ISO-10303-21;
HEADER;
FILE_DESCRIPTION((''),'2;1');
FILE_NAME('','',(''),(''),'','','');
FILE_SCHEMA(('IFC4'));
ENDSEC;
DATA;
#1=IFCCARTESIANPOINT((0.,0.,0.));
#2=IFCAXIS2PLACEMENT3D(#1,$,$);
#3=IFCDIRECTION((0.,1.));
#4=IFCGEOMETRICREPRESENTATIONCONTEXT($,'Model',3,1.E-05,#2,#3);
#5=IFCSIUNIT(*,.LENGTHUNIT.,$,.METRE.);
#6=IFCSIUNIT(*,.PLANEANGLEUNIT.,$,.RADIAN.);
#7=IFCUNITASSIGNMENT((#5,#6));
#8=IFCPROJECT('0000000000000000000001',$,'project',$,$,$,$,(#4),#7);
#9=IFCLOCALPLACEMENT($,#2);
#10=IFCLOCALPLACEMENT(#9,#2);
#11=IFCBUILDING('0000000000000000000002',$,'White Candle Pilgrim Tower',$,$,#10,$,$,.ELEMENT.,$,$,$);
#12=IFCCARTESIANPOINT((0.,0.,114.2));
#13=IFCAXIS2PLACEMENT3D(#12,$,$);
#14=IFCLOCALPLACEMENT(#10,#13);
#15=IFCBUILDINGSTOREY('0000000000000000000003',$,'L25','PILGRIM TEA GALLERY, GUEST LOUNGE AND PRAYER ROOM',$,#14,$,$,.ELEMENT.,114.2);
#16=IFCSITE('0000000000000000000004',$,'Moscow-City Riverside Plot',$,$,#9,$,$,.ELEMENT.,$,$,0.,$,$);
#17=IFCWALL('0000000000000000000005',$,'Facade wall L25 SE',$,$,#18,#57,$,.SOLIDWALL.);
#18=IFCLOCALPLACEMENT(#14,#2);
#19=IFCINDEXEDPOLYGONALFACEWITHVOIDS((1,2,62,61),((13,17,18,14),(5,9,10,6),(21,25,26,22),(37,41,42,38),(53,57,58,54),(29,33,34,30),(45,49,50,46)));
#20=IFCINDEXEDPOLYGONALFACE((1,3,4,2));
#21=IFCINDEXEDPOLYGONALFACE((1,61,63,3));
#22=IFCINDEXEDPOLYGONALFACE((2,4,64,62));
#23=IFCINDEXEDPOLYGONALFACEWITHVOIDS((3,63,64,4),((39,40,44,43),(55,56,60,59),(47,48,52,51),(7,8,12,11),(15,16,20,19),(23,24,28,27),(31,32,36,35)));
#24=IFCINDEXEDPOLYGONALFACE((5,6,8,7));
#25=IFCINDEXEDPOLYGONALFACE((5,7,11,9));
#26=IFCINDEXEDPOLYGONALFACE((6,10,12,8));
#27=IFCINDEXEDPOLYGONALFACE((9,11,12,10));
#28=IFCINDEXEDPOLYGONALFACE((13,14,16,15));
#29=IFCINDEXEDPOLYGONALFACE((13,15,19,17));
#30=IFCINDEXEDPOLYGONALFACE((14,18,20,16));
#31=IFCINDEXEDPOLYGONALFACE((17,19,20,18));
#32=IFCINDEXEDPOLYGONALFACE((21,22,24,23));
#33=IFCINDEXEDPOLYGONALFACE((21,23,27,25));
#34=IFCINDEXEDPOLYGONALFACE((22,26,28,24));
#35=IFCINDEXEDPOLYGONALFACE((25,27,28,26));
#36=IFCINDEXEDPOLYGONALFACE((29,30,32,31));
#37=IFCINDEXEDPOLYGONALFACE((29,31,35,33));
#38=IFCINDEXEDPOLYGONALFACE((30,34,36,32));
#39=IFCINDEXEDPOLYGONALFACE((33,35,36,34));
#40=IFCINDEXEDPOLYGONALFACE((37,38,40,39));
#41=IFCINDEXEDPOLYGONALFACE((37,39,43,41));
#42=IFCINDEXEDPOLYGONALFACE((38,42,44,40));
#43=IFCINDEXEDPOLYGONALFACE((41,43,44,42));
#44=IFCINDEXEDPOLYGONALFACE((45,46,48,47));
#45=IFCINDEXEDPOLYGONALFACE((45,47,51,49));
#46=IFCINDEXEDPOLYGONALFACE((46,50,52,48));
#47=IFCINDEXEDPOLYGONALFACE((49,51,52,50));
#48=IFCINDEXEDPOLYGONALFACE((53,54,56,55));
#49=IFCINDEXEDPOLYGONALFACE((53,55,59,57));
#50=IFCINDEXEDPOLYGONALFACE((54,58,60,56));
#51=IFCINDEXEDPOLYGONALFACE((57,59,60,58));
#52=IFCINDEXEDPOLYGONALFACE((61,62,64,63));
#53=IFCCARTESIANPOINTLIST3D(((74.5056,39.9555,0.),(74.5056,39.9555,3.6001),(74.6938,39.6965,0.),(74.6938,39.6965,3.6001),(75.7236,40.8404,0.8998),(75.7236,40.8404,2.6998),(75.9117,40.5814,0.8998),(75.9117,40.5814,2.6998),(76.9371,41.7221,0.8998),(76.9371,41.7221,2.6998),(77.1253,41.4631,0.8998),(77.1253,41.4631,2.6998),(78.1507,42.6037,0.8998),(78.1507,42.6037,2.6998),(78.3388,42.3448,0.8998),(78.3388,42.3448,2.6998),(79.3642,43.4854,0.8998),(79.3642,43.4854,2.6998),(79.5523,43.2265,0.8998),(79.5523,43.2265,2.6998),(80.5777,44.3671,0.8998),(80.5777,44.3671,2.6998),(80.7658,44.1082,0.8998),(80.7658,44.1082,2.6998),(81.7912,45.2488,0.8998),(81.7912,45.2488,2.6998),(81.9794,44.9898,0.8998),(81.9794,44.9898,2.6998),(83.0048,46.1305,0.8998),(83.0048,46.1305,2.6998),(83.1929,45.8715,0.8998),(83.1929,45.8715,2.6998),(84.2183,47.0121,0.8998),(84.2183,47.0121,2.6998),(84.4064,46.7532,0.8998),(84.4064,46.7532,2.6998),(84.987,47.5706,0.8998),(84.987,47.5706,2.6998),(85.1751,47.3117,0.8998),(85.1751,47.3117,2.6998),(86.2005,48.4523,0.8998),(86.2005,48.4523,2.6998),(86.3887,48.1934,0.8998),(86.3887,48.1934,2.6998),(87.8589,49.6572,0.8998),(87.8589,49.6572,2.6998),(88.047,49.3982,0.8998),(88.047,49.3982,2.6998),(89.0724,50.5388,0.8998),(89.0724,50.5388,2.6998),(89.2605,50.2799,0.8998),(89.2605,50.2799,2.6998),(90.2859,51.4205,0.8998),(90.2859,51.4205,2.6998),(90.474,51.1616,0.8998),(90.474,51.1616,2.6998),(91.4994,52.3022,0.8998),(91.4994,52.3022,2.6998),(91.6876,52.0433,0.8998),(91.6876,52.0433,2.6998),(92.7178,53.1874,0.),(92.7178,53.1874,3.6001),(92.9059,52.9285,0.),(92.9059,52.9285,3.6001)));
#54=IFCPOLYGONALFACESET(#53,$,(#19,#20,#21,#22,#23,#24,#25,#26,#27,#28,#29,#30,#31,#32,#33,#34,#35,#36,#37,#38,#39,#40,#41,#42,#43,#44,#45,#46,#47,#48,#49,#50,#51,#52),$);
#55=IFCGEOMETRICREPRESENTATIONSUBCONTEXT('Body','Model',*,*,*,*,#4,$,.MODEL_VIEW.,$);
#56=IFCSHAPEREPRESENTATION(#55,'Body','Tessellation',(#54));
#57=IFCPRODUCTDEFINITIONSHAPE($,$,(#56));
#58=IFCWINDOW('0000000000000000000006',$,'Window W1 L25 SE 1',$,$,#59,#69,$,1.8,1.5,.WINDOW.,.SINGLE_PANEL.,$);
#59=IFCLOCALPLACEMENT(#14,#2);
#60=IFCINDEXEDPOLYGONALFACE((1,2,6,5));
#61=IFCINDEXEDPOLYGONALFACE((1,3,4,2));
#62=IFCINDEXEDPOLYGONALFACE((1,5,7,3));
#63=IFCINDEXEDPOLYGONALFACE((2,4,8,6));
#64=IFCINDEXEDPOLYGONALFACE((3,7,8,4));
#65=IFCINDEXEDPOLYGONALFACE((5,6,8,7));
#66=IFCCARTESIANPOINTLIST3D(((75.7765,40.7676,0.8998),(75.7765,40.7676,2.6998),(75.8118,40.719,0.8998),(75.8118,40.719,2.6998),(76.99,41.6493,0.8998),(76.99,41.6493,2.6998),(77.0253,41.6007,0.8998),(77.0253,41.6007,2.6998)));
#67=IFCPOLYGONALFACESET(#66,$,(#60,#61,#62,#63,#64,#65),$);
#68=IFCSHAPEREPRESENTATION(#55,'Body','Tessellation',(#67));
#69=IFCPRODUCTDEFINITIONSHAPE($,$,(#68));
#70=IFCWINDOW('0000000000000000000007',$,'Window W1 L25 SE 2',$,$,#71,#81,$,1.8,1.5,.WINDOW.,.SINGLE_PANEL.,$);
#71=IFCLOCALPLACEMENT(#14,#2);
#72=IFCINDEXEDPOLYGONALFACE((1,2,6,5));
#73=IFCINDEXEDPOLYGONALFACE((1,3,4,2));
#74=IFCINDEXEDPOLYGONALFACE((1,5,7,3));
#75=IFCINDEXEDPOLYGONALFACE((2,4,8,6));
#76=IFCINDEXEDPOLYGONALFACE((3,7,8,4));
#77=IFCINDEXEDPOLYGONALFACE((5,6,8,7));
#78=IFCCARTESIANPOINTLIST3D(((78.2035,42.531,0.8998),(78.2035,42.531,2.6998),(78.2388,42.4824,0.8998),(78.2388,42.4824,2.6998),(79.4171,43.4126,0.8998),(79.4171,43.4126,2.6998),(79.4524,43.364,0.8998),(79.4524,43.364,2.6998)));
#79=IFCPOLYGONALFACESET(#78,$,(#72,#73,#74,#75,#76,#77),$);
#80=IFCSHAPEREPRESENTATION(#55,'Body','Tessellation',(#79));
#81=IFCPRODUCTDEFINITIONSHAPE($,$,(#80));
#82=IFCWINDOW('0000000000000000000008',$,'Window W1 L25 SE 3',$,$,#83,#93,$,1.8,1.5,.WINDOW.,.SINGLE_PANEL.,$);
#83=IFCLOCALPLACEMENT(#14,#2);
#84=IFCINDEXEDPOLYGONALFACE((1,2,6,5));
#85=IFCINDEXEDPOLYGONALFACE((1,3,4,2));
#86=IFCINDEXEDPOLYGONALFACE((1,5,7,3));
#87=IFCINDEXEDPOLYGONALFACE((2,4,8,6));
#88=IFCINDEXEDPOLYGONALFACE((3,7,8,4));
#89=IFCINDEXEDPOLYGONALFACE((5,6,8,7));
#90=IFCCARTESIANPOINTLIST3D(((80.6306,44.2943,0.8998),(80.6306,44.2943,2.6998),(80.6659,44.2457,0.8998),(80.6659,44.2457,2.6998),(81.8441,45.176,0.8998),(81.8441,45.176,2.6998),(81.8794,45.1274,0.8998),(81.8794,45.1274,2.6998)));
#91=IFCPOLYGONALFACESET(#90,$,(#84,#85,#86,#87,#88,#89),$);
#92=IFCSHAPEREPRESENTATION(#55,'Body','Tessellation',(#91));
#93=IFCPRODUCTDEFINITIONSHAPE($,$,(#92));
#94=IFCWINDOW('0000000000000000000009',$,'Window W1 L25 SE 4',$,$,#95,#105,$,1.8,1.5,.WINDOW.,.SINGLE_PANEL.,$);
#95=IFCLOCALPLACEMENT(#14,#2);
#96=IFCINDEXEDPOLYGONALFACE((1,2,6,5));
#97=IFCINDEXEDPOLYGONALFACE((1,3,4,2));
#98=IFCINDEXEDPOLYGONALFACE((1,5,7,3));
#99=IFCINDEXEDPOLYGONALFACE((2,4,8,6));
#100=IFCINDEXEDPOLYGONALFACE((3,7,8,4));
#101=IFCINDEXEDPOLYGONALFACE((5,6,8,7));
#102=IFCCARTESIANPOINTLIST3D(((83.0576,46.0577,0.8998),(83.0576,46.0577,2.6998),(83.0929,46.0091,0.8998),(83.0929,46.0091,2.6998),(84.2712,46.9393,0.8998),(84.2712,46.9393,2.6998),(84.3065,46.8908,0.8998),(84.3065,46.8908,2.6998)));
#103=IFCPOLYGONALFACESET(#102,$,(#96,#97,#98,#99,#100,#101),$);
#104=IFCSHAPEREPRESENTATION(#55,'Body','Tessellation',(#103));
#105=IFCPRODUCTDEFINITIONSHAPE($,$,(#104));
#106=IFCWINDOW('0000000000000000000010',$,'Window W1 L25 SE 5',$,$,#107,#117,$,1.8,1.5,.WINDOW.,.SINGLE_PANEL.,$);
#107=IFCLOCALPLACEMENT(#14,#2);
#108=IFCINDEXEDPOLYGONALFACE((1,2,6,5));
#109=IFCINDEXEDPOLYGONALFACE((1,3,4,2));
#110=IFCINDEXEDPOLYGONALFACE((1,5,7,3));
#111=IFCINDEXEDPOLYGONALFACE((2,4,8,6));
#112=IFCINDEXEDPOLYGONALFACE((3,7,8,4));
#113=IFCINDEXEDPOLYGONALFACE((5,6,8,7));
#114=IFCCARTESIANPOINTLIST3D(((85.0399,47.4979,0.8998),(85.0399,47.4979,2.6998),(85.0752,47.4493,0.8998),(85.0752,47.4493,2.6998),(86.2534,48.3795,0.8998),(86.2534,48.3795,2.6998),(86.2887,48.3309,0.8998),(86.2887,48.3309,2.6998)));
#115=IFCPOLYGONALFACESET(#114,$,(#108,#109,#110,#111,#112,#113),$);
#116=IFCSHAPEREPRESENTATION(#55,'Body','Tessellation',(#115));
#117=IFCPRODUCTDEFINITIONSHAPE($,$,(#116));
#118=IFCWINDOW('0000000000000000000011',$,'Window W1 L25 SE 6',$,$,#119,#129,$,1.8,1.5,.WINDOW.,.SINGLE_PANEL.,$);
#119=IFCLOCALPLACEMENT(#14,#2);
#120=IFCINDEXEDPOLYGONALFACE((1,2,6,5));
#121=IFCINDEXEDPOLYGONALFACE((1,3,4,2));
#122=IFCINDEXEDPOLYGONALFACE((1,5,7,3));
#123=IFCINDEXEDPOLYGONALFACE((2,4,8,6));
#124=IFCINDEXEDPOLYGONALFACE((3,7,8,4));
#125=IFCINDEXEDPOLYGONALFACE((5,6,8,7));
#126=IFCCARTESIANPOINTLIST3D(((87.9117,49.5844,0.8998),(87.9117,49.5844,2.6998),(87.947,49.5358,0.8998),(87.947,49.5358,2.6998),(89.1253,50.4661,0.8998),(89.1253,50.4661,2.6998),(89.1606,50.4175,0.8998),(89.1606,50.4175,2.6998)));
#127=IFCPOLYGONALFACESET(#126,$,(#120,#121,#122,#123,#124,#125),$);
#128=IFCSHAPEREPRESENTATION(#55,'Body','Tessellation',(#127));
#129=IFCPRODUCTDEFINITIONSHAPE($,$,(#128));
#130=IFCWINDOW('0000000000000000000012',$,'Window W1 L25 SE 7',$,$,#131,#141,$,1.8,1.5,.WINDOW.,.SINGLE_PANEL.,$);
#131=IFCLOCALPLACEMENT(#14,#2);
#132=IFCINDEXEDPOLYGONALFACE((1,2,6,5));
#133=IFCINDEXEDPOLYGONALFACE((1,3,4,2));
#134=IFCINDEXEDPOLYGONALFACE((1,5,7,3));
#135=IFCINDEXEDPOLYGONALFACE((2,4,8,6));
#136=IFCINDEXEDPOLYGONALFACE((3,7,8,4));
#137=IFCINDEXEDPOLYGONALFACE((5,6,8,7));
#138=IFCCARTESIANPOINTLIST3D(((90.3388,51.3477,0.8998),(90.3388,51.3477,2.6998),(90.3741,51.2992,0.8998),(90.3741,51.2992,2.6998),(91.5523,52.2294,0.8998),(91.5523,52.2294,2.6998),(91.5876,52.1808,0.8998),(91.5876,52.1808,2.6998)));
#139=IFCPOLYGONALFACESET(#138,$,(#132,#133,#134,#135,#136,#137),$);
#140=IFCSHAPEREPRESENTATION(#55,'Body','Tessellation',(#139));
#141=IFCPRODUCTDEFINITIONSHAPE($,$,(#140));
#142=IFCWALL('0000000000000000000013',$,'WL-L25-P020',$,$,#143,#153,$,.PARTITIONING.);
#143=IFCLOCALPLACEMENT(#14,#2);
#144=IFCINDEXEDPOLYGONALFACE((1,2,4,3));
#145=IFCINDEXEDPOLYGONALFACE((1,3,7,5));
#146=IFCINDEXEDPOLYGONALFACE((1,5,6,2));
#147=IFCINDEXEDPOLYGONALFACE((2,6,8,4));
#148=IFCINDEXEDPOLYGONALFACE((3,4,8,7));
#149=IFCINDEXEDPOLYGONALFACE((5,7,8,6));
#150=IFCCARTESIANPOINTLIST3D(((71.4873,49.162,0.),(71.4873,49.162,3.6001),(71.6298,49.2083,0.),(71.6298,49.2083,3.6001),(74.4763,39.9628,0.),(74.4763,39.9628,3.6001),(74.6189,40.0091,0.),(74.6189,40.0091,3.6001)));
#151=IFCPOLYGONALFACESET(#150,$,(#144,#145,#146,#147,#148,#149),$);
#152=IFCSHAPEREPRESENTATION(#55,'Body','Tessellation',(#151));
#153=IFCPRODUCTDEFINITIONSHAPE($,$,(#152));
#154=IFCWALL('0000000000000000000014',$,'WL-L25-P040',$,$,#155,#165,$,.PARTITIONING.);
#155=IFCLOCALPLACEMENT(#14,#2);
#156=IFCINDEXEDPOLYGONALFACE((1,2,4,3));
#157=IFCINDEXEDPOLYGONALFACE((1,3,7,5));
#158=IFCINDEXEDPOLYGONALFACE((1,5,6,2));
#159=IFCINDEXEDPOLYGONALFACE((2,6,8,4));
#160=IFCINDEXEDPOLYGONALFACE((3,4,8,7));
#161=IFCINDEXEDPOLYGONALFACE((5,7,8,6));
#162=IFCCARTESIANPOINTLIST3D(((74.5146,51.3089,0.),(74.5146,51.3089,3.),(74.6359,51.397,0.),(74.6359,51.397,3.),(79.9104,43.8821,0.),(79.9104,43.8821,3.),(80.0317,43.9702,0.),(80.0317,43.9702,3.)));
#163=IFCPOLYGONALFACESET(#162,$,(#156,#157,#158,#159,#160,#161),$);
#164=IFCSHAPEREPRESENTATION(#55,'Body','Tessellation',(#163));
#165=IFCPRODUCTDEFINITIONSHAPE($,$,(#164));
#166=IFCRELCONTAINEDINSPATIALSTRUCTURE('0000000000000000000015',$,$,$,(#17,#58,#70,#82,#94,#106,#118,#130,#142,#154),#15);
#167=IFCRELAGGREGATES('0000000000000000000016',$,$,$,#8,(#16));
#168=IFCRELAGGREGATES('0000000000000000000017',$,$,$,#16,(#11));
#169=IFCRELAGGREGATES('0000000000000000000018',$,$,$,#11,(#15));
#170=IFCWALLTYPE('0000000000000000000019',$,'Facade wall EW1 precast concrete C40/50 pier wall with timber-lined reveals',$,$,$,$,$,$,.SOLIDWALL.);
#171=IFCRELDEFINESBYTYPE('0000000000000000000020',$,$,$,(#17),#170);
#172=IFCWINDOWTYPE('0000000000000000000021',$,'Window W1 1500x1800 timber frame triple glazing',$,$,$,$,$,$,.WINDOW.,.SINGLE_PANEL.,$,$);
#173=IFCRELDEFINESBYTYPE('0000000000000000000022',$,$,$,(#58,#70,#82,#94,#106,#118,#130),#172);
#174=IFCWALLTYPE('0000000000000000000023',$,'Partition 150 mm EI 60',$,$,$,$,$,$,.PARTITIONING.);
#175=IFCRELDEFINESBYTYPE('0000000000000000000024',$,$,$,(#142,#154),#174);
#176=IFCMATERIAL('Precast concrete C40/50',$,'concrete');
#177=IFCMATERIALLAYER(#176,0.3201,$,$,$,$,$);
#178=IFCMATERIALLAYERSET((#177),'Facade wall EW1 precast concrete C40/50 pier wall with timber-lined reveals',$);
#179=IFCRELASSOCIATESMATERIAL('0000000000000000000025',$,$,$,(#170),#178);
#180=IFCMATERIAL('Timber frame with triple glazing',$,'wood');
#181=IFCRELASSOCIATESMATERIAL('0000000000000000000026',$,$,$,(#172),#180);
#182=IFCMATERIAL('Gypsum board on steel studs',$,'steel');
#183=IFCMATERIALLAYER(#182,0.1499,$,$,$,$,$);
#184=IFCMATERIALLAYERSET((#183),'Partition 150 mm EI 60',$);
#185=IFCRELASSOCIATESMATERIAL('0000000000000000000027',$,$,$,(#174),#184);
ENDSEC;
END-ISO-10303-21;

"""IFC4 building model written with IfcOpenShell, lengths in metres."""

from ifc_helpers import new_model, si_unit, direction, frame, frame_2d, origin, place, context, subcontext, project, spatial, rectangle, extrude, material, layer, layer_set, type_object, element, fill, save


model = new_model("IFC4")

# Units and contexts
model_context = context("Model", 3, precision=1e-05, world=origin(), true_north=direction((0.0, 1.0)))
body_context = subcontext(model_context, "Body", "Model", "MODEL_VIEW")
ifc_project = project(units=[si_unit("LENGTHUNIT", "METRE"), si_unit("PLANEANGLEUNIT", "RADIAN")], contexts=[model_context])

# Site, building, storey
site_placement = place(None, origin())
site = spatial("IfcSite", under=ifc_project, at=site_placement, Name="Moscow-City Riverside Plot", CompositionType="ELEMENT", RefElevation=0.0)
building_placement = place(site_placement, origin())
building = spatial("IfcBuilding", under=site, at=building_placement, Name="White Candle Pilgrim Tower", CompositionType="ELEMENT")
storey_placement = place(building_placement, frame((0.0, 0.0, 114.2)))
storey = spatial("IfcBuildingStorey", under=building, at=storey_placement, Name="L25", Description="PILGRIM TEA GALLERY, GUEST LOUNGE AND PRAYER ROOM", CompositionType="ELEMENT", Elevation=114.2)

# Shared definitions
ifc_material_1 = material(Name="Gypsum board on steel studs", Category="steel")

# Wall, openings, windows
ifc_material_2 = material(Name="Precast concrete C40/50", Category="concrete")
ifc_layer_1 = layer(ifc_material_2, 0.3201)
ifc_layer_set_1 = layer_set([ifc_layer_1], Name="Facade wall EW1 precast concrete C40/50 pier wall with timber-lined reveals")
wall_type_1 = type_object("IfcWallType", Name="Facade wall EW1 precast concrete C40/50 pier wall with timber-lined reveals", PredefinedType="SOLIDWALL", material=ifc_layer_set_1)
wall_1_placement = place(storey_placement, frame((74.5996, 39.8259, 0.0), z_axis=(0.0, 0.0, 1.0), x_axis=(0.809016, 0.587786, 0.0)))
wall_1 = element("IfcWall", 1, at=wall_1_placement, inside=storey, type_object=wall_type_1, Name="Facade wall L25 SE", PredefinedType="SOLIDWALL", context=body_context, shape_type="SweptSolid", body=[
    extrude(rectangle(XDim=22.5115, YDim=0.3201, at=frame_2d((11.2559, 0.0))), origin(), (0.0, 0.0, 1.0), 3.6001),
])
opening_1_placement = place(wall_1_placement, frame((1.5056, 0.0, 0.8999)))
opening_1 = element("IfcOpeningElement", 2, at=opening_1_placement, cuts=wall_1, PredefinedType="OPENING", context=body_context, shape_type="SweptSolid", body=[
    extrude(rectangle(XDim=1.5, YDim=1.8, at=frame_2d((0.75, 0.8999))), frame((0.0, 0.1699, 0.0), z_axis=(0.0, -1.0, 0.0), x_axis=(1.0, 0.0, 0.0)), (0.0, 0.0, 1.0), 0.3401),
])
opening_2_placement = place(wall_1_placement, frame((4.5056, 0.0, 0.8999)))
opening_2 = element("IfcOpeningElement", 3, at=opening_2_placement, cuts=wall_1, PredefinedType="OPENING", context=body_context, shape_type="SweptSolid", body=[
    extrude(rectangle(XDim=1.5, YDim=1.8, at=frame_2d((0.75, 0.8999))), frame((0.0, 0.1699, 0.0), z_axis=(0.0, -1.0, 0.0), x_axis=(1.0, 0.0, 0.0)), (0.0, 0.0, 1.0), 0.3401),
])
opening_3_placement = place(wall_1_placement, frame((7.5056, 0.0, 0.8999)))
opening_3 = element("IfcOpeningElement", 4, at=opening_3_placement, cuts=wall_1, PredefinedType="OPENING", context=body_context, shape_type="SweptSolid", body=[
    extrude(rectangle(XDim=1.5, YDim=1.8, at=frame_2d((0.75, 0.8999))), frame((0.0, 0.1699, 0.0), z_axis=(0.0, -1.0, 0.0), x_axis=(1.0, 0.0, 0.0)), (0.0, 0.0, 1.0), 0.3401),
])
opening_4_placement = place(wall_1_placement, frame((10.5056, 0.0, 0.8999)))
opening_4 = element("IfcOpeningElement", 5, at=opening_4_placement, cuts=wall_1, PredefinedType="OPENING", context=body_context, shape_type="SweptSolid", body=[
    extrude(rectangle(XDim=1.5, YDim=1.8, at=frame_2d((0.75, 0.8999))), frame((0.0, 0.1699, 0.0), z_axis=(0.0, -1.0, 0.0), x_axis=(1.0, 0.0, 0.0)), (0.0, 0.0, 1.0), 0.3401),
])
opening_5_placement = place(wall_1_placement, frame((12.9558, 0.0, 0.8999)))
opening_5 = element("IfcOpeningElement", 6, at=opening_5_placement, cuts=wall_1, PredefinedType="OPENING", context=body_context, shape_type="SweptSolid", body=[
    extrude(rectangle(XDim=1.5, YDim=1.8, at=frame_2d((0.75, 0.8999))), frame((0.0, 0.1699, 0.0), z_axis=(0.0, -1.0, 0.0), x_axis=(1.0, 0.0, 0.0)), (0.0, 0.0, 1.0), 0.3401),
])
opening_6_placement = place(wall_1_placement, frame((16.5056, 0.0, 0.8999)))
opening_6 = element("IfcOpeningElement", 7, at=opening_6_placement, cuts=wall_1, PredefinedType="OPENING", context=body_context, shape_type="SweptSolid", body=[
    extrude(rectangle(XDim=1.5, YDim=1.8, at=frame_2d((0.75, 0.8999))), frame((0.0, 0.1699, 0.0), z_axis=(0.0, -1.0, 0.0), x_axis=(1.0, 0.0, 0.0)), (0.0, 0.0, 1.0), 0.3401),
])
opening_7_placement = place(wall_1_placement, frame((19.5056, 0.0, 0.8999)))
opening_7 = element("IfcOpeningElement", 8, at=opening_7_placement, cuts=wall_1, PredefinedType="OPENING", context=body_context, shape_type="SweptSolid", body=[
    extrude(rectangle(XDim=1.5, YDim=1.8, at=frame_2d((0.75, 0.8999))), frame((0.0, 0.1699, 0.0), z_axis=(0.0, -1.0, 0.0), x_axis=(1.0, 0.0, 0.0)), (0.0, 0.0, 1.0), 0.3401),
])
ifc_material_3 = material(Name="Timber frame with triple glazing", Category="wood")
window_type = type_object("IfcWindowType", Name="Window W1 1500x1800 timber frame triple glazing", PartitioningType="SINGLE_PANEL", PredefinedType="WINDOW", material=ifc_material_3)
window_1_placement = place(opening_1_placement, origin())
window_1 = element("IfcWindow", 9, at=window_1_placement, inside=storey, type_object=window_type, Name="Window W1 L25 SE 1", OverallHeight=1.8, OverallWidth=1.5, PartitioningType="SINGLE_PANEL", PredefinedType="WINDOW", context=body_context, shape_type="SweptSolid", body=[
    extrude(rectangle(XDim=1.5, YDim=1.8, at=frame_2d((0.75, 0.8999))), frame((0.0, 0.0701, 0.0), z_axis=(0.0, -1.0, 0.0), x_axis=(1.0, 0.0, 0.0)), (0.0, 0.0, 1.0), 0.0601),
])
fill(opening_1, window_1)
window_2_placement = place(opening_2_placement, origin())
window_2 = element("IfcWindow", 10, at=window_2_placement, inside=storey, type_object=window_type, Name="Window W1 L25 SE 2", OverallHeight=1.8, OverallWidth=1.5, PartitioningType="SINGLE_PANEL", PredefinedType="WINDOW", context=body_context, shape_type="SweptSolid", body=[
    extrude(rectangle(XDim=1.5, YDim=1.8, at=frame_2d((0.75, 0.8999))), frame((0.0, 0.0701, 0.0), z_axis=(0.0, -1.0, 0.0), x_axis=(1.0, 0.0, 0.0)), (0.0, 0.0, 1.0), 0.0601),
])
fill(opening_2, window_2)
window_3_placement = place(opening_3_placement, origin())
window_3 = element("IfcWindow", 11, at=window_3_placement, inside=storey, type_object=window_type, Name="Window W1 L25 SE 3", OverallHeight=1.8, OverallWidth=1.5, PartitioningType="SINGLE_PANEL", PredefinedType="WINDOW", context=body_context, shape_type="SweptSolid", body=[
    extrude(rectangle(XDim=1.5, YDim=1.8, at=frame_2d((0.75, 0.8999))), frame((0.0, 0.0701, 0.0), z_axis=(0.0, -1.0, 0.0), x_axis=(1.0, 0.0, 0.0)), (0.0, 0.0, 1.0), 0.0601),
])
fill(opening_3, window_3)
window_4_placement = place(opening_4_placement, origin())
window_4 = element("IfcWindow", 12, at=window_4_placement, inside=storey, type_object=window_type, Name="Window W1 L25 SE 4", OverallHeight=1.8, OverallWidth=1.5, PartitioningType="SINGLE_PANEL", PredefinedType="WINDOW", context=body_context, shape_type="SweptSolid", body=[
    extrude(rectangle(XDim=1.5, YDim=1.8, at=frame_2d((0.75, 0.8999))), frame((0.0, 0.0701, 0.0), z_axis=(0.0, -1.0, 0.0), x_axis=(1.0, 0.0, 0.0)), (0.0, 0.0, 1.0), 0.0601),
])
fill(opening_4, window_4)
window_5_placement = place(opening_5_placement, origin())
window_5 = element("IfcWindow", 13, at=window_5_placement, inside=storey, type_object=window_type, Name="Window W1 L25 SE 5", OverallHeight=1.8, OverallWidth=1.5, PartitioningType="SINGLE_PANEL", PredefinedType="WINDOW", context=body_context, shape_type="SweptSolid", body=[
    extrude(rectangle(XDim=1.5, YDim=1.8, at=frame_2d((0.75, 0.8999))), frame((0.0, 0.0701, 0.0), z_axis=(0.0, -1.0, 0.0), x_axis=(1.0, 0.0, 0.0)), (0.0, 0.0, 1.0), 0.0601),
])
fill(opening_5, window_5)
window_6_placement = place(opening_6_placement, origin())
window_6 = element("IfcWindow", 14, at=window_6_placement, inside=storey, type_object=window_type, Name="Window W1 L25 SE 6", OverallHeight=1.8, OverallWidth=1.5, PartitioningType="SINGLE_PANEL", PredefinedType="WINDOW", context=body_context, shape_type="SweptSolid", body=[
    extrude(rectangle(XDim=1.5, YDim=1.8, at=frame_2d((0.75, 0.8999))), frame((0.0, 0.0701, 0.0), z_axis=(0.0, -1.0, 0.0), x_axis=(1.0, 0.0, 0.0)), (0.0, 0.0, 1.0), 0.0601),
])
fill(opening_6, window_6)
window_7_placement = place(opening_7_placement, origin())
window_7 = element("IfcWindow", 15, at=window_7_placement, inside=storey, type_object=window_type, Name="Window W1 L25 SE 7", OverallHeight=1.8, OverallWidth=1.5, PartitioningType="SINGLE_PANEL", PredefinedType="WINDOW", context=body_context, shape_type="SweptSolid", body=[
    extrude(rectangle(XDim=1.5, YDim=1.8, at=frame_2d((0.75, 0.8999))), frame((0.0, 0.0701, 0.0), z_axis=(0.0, -1.0, 0.0), x_axis=(1.0, 0.0, 0.0)), (0.0, 0.0, 1.0), 0.0601),
])
fill(opening_7, window_7)

# Walls
ifc_layer_2 = layer(ifc_material_1, 0.1499)
ifc_layer_set_2 = layer_set([ifc_layer_2], Name="Partition 150 mm EI 60")
wall_type_2 = type_object("IfcWallType", Name="Partition 150 mm EI 60", PredefinedType="PARTITIONING", material=ifc_layer_set_2)
wall_2_placement = place(storey_placement, frame((74.5476, 39.9858, 0.0), z_axis=(0.0, 0.0, 1.0), x_axis=(-0.309018, 0.951056, 0.0)))
element("IfcWall", 16, at=wall_2_placement, inside=storey, type_object=wall_type_2, Name="WL-L25-P020", PredefinedType="PARTITIONING", context=body_context, shape_type="SweptSolid", body=[
    extrude(rectangle(XDim=9.6726, YDim=0.1499, at=frame_2d((4.8364, 0.0))), origin(), (0.0, 0.0, 1.0), 3.6001),
])
wall_3_placement = place(storey_placement, frame((79.9709, 43.9263, 0.0), z_axis=(0.0, 0.0, 1.0), x_axis=(-0.587778, 0.809022, 0.0)))
element("IfcWall", 17, at=wall_3_placement, inside=storey, type_object=wall_type_2, Name="WL-L25-P040", PredefinedType="PARTITIONING", context=body_context, shape_type="SweptSolid", body=[
    extrude(rectangle(XDim=9.1799, YDim=0.1499, at=frame_2d((4.5898, 0.0))), origin(), (0.0, 0.0, 1.0), 3.0),
])

save(model, "model.ifc")
